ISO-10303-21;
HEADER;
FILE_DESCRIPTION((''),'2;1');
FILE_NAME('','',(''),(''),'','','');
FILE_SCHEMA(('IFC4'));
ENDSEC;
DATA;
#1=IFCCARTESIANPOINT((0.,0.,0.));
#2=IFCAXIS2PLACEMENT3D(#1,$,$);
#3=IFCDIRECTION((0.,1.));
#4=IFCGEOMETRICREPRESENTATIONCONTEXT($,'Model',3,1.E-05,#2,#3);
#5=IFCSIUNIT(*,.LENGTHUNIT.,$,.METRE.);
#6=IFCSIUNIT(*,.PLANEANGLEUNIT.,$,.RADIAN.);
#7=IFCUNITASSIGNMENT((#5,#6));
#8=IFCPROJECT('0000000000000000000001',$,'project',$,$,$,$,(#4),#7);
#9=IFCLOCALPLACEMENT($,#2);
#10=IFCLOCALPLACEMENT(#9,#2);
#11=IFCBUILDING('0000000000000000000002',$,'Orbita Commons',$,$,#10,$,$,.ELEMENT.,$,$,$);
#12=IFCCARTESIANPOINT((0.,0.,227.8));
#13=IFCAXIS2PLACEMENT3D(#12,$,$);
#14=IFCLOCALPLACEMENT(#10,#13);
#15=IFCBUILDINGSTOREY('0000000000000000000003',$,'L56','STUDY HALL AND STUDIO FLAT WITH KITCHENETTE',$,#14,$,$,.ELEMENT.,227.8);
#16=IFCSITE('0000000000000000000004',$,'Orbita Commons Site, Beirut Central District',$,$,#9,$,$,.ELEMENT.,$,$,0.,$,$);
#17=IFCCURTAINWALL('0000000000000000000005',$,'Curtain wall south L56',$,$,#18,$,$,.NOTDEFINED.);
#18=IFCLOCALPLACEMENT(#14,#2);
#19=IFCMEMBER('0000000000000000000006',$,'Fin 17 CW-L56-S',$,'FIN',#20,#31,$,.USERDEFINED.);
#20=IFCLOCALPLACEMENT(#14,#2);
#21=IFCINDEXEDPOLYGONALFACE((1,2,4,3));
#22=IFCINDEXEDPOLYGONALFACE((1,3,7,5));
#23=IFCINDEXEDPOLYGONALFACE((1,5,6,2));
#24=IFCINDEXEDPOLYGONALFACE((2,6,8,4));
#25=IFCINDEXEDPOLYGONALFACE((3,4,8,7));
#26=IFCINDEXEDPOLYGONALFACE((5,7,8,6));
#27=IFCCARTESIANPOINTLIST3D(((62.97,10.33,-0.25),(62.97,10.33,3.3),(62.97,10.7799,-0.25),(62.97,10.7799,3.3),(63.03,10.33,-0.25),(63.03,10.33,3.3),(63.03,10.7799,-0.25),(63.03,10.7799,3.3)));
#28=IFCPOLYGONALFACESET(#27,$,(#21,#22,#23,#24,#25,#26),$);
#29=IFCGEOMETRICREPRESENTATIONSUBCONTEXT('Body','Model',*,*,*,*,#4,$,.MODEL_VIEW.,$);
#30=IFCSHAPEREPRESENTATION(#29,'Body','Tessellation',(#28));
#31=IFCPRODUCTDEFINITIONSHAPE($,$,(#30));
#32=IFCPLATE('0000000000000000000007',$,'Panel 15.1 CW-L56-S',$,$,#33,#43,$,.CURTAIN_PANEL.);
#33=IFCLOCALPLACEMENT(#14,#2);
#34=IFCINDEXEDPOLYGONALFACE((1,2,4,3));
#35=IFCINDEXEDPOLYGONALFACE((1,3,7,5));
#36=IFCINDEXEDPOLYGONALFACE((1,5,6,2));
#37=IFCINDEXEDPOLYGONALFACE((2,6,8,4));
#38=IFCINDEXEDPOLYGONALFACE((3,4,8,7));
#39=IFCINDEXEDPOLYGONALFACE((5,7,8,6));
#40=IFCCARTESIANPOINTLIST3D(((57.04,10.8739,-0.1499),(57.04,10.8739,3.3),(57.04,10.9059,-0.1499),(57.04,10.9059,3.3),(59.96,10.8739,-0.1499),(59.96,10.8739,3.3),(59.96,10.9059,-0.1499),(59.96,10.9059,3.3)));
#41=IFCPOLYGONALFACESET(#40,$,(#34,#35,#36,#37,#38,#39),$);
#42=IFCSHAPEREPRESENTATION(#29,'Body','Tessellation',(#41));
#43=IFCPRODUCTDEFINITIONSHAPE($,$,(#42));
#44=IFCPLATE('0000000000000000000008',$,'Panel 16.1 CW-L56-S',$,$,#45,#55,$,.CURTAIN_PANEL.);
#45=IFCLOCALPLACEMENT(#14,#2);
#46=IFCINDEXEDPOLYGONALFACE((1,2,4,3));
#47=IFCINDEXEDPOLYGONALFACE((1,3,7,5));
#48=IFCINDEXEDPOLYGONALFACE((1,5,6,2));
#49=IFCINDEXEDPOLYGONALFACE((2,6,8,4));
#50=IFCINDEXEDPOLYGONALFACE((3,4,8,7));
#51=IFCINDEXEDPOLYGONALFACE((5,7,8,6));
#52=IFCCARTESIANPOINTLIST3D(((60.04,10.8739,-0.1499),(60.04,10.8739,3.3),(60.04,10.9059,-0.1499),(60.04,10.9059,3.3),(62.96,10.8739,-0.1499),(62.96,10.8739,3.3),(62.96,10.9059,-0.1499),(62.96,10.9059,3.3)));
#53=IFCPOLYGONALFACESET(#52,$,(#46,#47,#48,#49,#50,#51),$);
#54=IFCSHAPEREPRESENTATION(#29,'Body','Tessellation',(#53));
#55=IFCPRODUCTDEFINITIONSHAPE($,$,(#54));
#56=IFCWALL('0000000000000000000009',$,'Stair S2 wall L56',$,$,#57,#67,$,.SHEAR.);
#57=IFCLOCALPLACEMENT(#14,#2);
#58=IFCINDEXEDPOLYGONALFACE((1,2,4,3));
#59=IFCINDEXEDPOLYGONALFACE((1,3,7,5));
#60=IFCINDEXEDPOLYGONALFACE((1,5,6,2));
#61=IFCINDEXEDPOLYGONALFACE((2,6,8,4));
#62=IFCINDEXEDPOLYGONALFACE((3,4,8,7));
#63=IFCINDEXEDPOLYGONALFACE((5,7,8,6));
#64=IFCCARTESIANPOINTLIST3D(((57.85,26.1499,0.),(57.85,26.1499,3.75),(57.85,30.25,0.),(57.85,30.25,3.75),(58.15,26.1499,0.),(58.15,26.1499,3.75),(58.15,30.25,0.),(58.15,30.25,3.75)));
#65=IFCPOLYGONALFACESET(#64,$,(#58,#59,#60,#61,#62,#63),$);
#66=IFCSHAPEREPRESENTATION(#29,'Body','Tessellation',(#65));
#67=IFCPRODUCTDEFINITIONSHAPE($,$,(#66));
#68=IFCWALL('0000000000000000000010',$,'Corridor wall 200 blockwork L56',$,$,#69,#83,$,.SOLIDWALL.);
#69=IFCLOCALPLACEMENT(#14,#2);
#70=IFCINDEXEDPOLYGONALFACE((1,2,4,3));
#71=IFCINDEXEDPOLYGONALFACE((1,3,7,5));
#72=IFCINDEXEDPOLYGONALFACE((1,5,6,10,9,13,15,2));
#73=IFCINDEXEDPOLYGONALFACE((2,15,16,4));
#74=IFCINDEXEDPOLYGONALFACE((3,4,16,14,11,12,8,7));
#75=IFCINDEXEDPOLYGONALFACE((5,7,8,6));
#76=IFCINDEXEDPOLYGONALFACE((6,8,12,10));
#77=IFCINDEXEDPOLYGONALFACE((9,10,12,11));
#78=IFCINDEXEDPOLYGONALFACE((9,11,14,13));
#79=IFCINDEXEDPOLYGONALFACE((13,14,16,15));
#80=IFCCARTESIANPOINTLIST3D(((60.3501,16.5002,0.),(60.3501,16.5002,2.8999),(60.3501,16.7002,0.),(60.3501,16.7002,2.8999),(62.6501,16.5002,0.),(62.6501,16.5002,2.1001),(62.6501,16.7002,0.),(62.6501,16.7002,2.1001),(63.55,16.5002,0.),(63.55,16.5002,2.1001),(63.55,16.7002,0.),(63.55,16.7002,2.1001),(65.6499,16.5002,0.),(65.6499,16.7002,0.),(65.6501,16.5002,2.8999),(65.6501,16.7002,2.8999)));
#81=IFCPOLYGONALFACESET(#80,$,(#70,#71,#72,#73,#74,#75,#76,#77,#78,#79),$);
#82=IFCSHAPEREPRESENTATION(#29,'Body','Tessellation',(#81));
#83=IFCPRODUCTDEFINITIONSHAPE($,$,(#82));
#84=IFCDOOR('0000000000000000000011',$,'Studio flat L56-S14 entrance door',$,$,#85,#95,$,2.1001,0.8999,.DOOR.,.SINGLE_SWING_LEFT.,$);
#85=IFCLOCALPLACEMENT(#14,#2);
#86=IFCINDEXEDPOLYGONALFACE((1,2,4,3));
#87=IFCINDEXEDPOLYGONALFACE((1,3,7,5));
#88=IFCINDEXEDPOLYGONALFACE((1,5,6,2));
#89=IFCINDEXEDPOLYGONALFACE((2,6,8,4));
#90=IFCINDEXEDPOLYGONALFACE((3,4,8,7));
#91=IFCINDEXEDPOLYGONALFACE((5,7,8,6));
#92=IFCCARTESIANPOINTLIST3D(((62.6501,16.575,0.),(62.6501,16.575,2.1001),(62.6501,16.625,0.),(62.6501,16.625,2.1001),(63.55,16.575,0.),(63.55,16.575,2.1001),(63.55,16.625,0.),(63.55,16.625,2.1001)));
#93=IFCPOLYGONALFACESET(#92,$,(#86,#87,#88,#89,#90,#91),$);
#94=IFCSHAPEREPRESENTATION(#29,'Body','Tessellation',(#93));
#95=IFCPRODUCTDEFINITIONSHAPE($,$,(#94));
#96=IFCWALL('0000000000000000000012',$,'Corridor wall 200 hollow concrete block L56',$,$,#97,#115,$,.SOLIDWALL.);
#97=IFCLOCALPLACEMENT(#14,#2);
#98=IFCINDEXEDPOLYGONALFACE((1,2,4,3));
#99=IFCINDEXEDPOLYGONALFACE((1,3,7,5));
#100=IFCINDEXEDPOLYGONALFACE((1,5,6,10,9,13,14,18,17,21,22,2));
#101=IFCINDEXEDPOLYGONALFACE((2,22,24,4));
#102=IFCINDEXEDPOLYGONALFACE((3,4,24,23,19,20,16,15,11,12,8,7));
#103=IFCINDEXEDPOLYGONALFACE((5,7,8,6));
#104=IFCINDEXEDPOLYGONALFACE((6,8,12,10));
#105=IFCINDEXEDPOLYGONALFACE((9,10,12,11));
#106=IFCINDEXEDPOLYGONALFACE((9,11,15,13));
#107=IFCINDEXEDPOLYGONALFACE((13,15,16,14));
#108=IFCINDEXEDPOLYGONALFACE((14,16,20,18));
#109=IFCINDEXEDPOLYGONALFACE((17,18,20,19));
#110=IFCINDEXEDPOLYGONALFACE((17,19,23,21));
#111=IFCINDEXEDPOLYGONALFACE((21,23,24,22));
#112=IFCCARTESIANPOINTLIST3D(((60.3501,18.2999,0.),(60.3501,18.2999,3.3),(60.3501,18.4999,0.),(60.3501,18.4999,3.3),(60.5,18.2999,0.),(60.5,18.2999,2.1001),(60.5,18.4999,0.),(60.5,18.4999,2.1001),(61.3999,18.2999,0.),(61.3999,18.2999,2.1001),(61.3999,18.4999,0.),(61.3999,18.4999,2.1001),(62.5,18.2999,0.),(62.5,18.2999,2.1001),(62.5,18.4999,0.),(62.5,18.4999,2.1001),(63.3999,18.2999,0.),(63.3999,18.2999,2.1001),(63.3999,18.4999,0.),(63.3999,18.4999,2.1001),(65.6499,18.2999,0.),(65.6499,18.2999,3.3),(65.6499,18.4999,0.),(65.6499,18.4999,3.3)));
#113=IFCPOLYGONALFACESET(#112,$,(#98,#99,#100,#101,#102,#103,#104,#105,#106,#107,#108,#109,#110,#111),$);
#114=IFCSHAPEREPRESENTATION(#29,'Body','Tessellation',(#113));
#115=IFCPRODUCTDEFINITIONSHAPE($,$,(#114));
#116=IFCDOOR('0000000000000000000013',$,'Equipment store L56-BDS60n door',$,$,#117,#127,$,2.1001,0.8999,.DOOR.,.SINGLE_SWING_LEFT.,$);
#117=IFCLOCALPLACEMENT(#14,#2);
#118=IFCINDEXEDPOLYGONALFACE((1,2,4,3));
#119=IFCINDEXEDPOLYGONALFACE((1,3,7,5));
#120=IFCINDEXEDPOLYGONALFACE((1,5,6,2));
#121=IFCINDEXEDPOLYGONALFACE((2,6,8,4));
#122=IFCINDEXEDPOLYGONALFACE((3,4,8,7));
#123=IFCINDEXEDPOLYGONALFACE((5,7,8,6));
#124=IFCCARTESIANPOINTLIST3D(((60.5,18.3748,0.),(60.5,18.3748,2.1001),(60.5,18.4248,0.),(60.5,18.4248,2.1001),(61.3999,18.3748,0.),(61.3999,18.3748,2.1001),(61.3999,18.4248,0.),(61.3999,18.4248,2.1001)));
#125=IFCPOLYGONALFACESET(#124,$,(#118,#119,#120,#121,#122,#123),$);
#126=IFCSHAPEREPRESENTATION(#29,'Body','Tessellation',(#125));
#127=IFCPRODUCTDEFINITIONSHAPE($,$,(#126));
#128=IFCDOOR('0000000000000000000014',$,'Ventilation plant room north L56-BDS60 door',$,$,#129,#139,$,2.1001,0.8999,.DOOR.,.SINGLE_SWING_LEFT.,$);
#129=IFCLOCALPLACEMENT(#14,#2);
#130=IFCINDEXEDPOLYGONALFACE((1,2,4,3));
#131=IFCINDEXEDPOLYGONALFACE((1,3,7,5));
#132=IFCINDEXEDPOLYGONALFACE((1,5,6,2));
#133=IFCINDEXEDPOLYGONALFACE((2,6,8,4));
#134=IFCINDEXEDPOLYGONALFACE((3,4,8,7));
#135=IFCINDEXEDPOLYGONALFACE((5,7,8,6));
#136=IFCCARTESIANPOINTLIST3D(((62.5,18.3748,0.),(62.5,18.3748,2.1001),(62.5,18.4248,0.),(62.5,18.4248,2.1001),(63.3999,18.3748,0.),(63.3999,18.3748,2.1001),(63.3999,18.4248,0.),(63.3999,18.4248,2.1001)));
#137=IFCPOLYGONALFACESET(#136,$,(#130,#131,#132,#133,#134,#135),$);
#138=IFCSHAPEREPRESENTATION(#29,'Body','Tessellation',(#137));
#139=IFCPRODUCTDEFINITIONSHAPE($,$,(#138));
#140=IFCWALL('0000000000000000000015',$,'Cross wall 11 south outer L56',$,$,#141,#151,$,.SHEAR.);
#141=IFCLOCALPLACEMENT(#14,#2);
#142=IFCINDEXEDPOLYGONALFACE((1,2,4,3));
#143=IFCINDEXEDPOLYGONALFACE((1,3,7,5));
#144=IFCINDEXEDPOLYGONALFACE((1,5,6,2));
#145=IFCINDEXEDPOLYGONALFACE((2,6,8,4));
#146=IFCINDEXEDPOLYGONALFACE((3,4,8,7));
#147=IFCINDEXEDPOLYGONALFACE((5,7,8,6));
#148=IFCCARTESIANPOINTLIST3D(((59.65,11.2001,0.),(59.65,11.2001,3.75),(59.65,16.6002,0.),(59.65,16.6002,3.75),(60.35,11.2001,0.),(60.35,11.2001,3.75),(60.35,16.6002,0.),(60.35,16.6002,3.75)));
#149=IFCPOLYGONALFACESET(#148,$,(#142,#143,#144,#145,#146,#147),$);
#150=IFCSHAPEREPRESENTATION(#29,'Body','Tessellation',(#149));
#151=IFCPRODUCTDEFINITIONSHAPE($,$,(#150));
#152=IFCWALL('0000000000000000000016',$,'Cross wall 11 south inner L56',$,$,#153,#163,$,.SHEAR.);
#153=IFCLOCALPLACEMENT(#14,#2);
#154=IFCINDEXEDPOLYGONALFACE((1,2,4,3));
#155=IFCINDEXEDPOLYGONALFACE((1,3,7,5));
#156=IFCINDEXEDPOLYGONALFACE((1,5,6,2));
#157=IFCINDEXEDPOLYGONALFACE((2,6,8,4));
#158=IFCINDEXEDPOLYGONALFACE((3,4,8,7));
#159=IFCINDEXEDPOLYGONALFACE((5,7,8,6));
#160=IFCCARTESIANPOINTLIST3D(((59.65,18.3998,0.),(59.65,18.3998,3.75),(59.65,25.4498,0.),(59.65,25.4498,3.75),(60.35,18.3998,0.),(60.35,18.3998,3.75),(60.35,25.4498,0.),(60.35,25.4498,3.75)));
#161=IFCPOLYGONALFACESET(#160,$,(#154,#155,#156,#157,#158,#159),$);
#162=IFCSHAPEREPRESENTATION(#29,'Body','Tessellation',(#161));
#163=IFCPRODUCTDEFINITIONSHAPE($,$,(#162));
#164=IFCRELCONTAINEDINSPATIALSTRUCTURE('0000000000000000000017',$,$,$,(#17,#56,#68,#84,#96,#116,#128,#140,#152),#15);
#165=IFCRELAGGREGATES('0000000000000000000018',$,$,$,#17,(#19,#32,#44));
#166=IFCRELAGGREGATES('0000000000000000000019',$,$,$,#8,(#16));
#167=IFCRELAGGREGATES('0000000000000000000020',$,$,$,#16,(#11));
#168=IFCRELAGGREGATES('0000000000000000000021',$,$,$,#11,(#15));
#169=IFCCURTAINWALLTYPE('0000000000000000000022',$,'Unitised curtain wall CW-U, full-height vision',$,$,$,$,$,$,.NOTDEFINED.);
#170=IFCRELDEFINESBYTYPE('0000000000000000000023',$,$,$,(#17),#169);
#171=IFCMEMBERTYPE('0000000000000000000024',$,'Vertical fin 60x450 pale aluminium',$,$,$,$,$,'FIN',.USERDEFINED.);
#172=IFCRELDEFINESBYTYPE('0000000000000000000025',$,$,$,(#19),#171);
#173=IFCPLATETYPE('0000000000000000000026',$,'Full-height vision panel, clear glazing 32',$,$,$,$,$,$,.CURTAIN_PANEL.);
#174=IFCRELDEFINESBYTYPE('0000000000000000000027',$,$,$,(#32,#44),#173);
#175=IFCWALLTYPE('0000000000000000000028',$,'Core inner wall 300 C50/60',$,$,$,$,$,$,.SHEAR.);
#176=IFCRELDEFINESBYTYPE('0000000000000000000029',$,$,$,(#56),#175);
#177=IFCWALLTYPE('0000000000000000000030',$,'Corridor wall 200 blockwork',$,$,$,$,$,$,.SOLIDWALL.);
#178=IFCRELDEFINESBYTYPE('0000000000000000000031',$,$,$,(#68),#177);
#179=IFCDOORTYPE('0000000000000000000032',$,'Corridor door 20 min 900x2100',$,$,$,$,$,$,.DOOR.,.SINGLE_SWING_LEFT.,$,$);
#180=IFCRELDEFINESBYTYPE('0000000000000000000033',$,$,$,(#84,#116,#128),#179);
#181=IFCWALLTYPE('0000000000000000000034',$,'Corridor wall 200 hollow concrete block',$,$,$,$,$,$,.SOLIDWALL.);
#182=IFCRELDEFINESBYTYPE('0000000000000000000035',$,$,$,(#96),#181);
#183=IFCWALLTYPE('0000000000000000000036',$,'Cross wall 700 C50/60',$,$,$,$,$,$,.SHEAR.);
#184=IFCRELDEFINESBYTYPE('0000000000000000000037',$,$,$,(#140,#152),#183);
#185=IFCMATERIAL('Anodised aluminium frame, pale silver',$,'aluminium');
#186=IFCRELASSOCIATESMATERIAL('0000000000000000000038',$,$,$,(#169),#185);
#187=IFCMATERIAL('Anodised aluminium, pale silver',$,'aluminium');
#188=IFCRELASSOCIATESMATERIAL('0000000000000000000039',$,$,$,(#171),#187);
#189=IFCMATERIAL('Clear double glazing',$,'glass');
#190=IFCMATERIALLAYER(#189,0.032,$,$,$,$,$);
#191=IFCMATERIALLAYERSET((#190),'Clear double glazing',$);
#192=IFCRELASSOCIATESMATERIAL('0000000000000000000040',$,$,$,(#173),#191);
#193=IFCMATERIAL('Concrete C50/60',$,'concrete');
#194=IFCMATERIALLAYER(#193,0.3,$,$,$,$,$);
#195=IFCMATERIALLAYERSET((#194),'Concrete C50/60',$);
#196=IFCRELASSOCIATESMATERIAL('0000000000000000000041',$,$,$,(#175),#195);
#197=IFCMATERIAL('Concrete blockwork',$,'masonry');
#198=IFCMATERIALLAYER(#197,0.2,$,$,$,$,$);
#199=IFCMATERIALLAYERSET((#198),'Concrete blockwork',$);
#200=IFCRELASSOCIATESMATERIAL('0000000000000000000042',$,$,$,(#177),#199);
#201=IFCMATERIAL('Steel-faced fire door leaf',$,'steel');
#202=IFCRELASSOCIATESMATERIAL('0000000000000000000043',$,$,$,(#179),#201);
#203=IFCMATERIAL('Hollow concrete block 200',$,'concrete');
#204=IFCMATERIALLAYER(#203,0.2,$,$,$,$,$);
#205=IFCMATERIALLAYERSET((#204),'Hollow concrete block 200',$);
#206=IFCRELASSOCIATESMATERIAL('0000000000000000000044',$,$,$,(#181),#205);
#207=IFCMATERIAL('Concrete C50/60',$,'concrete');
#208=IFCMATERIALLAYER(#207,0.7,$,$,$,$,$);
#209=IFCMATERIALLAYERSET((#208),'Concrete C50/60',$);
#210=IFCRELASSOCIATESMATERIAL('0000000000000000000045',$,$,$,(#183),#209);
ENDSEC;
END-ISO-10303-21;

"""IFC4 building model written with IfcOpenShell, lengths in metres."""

from ifc_helpers import new_model, si_unit, direction, frame, frame_2d, origin, origin_2d, place, context, subcontext, project, spatial, polyline, rectangle, outline, extrude, material, layer, layer_set, material_profile, profile_set, type_object, element, fill, aggregate, save


model = new_model("IFC4")

# Units and contexts
model_context = context("Model", 3, precision=1e-05, world=origin(), true_north=direction((0.0, 1.0)))
body_context = subcontext(model_context, "Body", "Model", "MODEL_VIEW")
ifc_project = project(units=[si_unit("LENGTHUNIT", "METRE"), si_unit("PLANEANGLEUNIT", "RADIAN")], contexts=[model_context])

# Site, building, storey
site_placement = place(None, origin())
site = spatial("IfcSite", under=ifc_project, at=site_placement, Name="Orbita Commons Site, Beirut Central District", CompositionType="ELEMENT", RefElevation=0.0)
building_placement = place(site_placement, origin())
building = spatial("IfcBuilding", under=site, at=building_placement, Name="Orbita Commons", CompositionType="ELEMENT")
storey_placement = place(building_placement, frame((0.0, 0.0, 227.8)))
storey = spatial("IfcBuildingStorey", under=building, at=storey_placement, Name="L56", Description="STUDY HALL AND STUDIO FLAT WITH KITCHENETTE", CompositionType="ELEMENT", Elevation=227.8)

# Curtain wall
ifc_material_1 = material(Name="Anodised aluminium frame, pale silver", Category="aluminium")
curtain_wall_type = type_object("IfcCurtainWallType", Name="Unitised curtain wall CW-U, full-height vision", PredefinedType="NOTDEFINED", material=ifc_material_1)
curtain_wall_placement = place(storey_placement, origin())
curtain_wall = element("IfcCurtainWall", 1, at=curtain_wall_placement, inside=storey, type_object=curtain_wall_type, Name="Curtain wall south L56", PredefinedType="NOTDEFINED")

# Member
ifc_material_2 = material(Name="Anodised aluminium, pale silver", Category="aluminium")
ifc_material_profile_1 = material_profile(ifc_material_2, rectangle(XDim=0.0601, YDim=0.45, at=origin_2d()), Name="FIN 60x450")
ifc_profile_set_1 = profile_set([ifc_material_profile_1], Name="Anodised aluminium, pale silver")
member_type_1 = type_object("IfcMemberType", Name="Vertical fin 60x450 pale aluminium", ElementType="FIN", PredefinedType="USERDEFINED", material=ifc_profile_set_1)
member_1_placement = place(storey_placement, frame((63.0, 10.5549, -0.25), z_axis=(0.0, 0.0, 1.0), x_axis=(1.0, 0.0, 0.0)))
member_1 = element("IfcMember", 2, at=member_1_placement, type_object=member_type_1, Name="Fin 17 CW-L56-S", ObjectType="FIN", PredefinedType="USERDEFINED", context=body_context, shape_type="SweptSolid", body=[
    extrude(rectangle(XDim=0.0601, YDim=0.45, at=origin_2d()), origin(), (0.0, 0.0, 1.0), 3.55),
])

# Plates
ifc_material_3 = material(Name="Clear double glazing", Category="glass")
ifc_layer_1 = layer(ifc_material_3, 0.032)
ifc_layer_set_1 = layer_set([ifc_layer_1], Name="Clear double glazing")
plate_type = type_object("IfcPlateType", Name="Full-height vision panel, clear glazing 32", PredefinedType="CURTAIN_PANEL", material=ifc_layer_set_1)
plate_1_placement = place(storey_placement, frame((58.5, 10.8899, -0.1499), z_axis=(0.0, 0.0, 1.0), x_axis=(1.0, 0.0, 0.0)))
plate_1 = element("IfcPlate", 3, at=plate_1_placement, type_object=plate_type, Name="Panel 15.1 CW-L56-S", PredefinedType="CURTAIN_PANEL", context=body_context, shape_type="SweptSolid", body=[
    extrude(rectangle(XDim=2.9199, YDim=0.032, at=origin_2d()), origin(), (0.0, 0.0, 1.0), 3.45),
])
plate_2_placement = place(storey_placement, frame((61.5, 10.8899, -0.1499), z_axis=(0.0, 0.0, 1.0), x_axis=(1.0, 0.0, 0.0)))
plate_2 = element("IfcPlate", 4, at=plate_2_placement, type_object=plate_type, Name="Panel 16.1 CW-L56-S", PredefinedType="CURTAIN_PANEL", context=body_context, shape_type="SweptSolid", body=[
    extrude(rectangle(XDim=2.9199, YDim=0.032, at=origin_2d()), origin(), (0.0, 0.0, 1.0), 3.45),
])
aggregate(curtain_wall, [member_1, plate_1, plate_2])

# Wall
ifc_material_4 = material(Name="Concrete C50/60", Category="concrete")
ifc_layer_2 = layer(ifc_material_4, 0.3)
ifc_layer_set_2 = layer_set([ifc_layer_2], Name="Concrete C50/60")
wall_type_1 = type_object("IfcWallType", Name="Core inner wall 300 C50/60", PredefinedType="SHEAR", material=ifc_layer_set_2)
wall_1_placement = place(storey_placement, frame((58.0, 26.1499, 0.0), z_axis=(0.0, 0.0, 1.0), x_axis=(0.0, 1.0, 0.0)))
element("IfcWall", 5, at=wall_1_placement, inside=storey, type_object=wall_type_1, Name="Stair S2 wall L56", PredefinedType="SHEAR", context=body_context, shape_type="SweptSolid", body=[
    extrude(rectangle(XDim=4.1001, YDim=0.3, at=frame_2d((2.05, 0.0))), origin(), (0.0, 0.0, 1.0), 3.75),
])

# Wall, opening, door
ifc_material_5 = material(Name="Concrete blockwork", Category="masonry")
ifc_layer_3 = layer(ifc_material_5, 0.2)
ifc_layer_set_3 = layer_set([ifc_layer_3], Name="Concrete blockwork")
wall_type_2 = type_object("IfcWallType", Name="Corridor wall 200 blockwork", PredefinedType="SOLIDWALL", material=ifc_layer_set_3)
wall_2_placement = place(storey_placement, frame((60.3501, 16.6001, 0.0), z_axis=(0.0, 0.0, 1.0), x_axis=(1.0, 0.0, 0.0)))
wall_2 = element("IfcWall", 6, at=wall_2_placement, inside=storey, type_object=wall_type_2, Name="Corridor wall 200 blockwork L56", PredefinedType="SOLIDWALL", context=body_context, shape_type="SweptSolid", body=[
    extrude(outline(polyline([(0.0, 0.0), (5.2998, 0.0), (5.3, 2.8999), (0.0, 2.8999), (0.0, 0.0)])), frame((0.0, 0.1001, 0.0), z_axis=(0.0, -1.0, 0.0), x_axis=(1.0, 0.0, 0.0)), (0.0, 0.0, 1.0), 0.2),
])
opening_1_placement = place(wall_2_placement, frame((2.3, 0.0, 0.0)))
opening_1 = element("IfcOpeningElement", 7, at=opening_1_placement, cuts=wall_2, PredefinedType="OPENING", context=body_context, shape_type="SweptSolid", body=[
    extrude(rectangle(XDim=0.8999, YDim=2.1001, at=frame_2d((0.45, 1.05))), frame((0.0, 0.1099, 0.0), z_axis=(0.0, -1.0, 0.0), x_axis=(1.0, 0.0, 0.0)), (0.0, 0.0, 1.0), 0.22),
])
ifc_material_6 = material(Name="Steel-faced fire door leaf", Category="steel")
door_type_1 = type_object("IfcDoorType", Name="Corridor door 20 min 900x2100", OperationType="SINGLE_SWING_LEFT", PredefinedType="DOOR", material=ifc_material_6)
door_1_placement = place(opening_1_placement, origin())
door_1 = element("IfcDoor", 8, at=door_1_placement, inside=storey, type_object=door_type_1, Name="Studio flat L56-S14 entrance door", OperationType="SINGLE_SWING_LEFT", OverallHeight=2.1001, OverallWidth=0.8999, PredefinedType="DOOR", context=body_context, shape_type="SweptSolid", body=[
    extrude(rectangle(XDim=0.8999, YDim=2.1001, at=frame_2d((0.45, 1.05))), frame((0.0, 0.0249, 0.0), z_axis=(0.0, -1.0, 0.0), x_axis=(1.0, 0.0, 0.0)), (0.0, 0.0, 1.0), 0.05),
])
fill(opening_1, door_1)

# Wall, openings, doors
ifc_material_7 = material(Name="Hollow concrete block 200", Category="concrete")
ifc_layer_4 = layer(ifc_material_7, 0.2)
ifc_layer_set_4 = layer_set([ifc_layer_4], Name="Hollow concrete block 200")
wall_type_3 = type_object("IfcWallType", Name="Corridor wall 200 hollow concrete block", PredefinedType="SOLIDWALL", material=ifc_layer_set_4)
wall_3_placement = place(storey_placement, frame((60.3501, 18.3999, 0.0), z_axis=(0.0, 0.0, 1.0), x_axis=(1.0, 0.0, 0.0)))
wall_3 = element("IfcWall", 9, at=wall_3_placement, inside=storey, type_object=wall_type_3, Name="Corridor wall 200 hollow concrete block L56", PredefinedType="SOLIDWALL", context=body_context, shape_type="SweptSolid", body=[
    extrude(rectangle(XDim=5.2998, YDim=0.2, at=frame_2d((2.6499, 0.0))), origin(), (0.0, 0.0, 1.0), 3.3),
])
opening_2_placement = place(wall_3_placement, frame((0.1499, 0.0, 0.0)))
opening_2 = element("IfcOpeningElement", 10, at=opening_2_placement, cuts=wall_3, PredefinedType="OPENING", context=body_context, shape_type="SweptSolid", body=[
    extrude(rectangle(XDim=0.8999, YDim=2.1001, at=frame_2d((0.45, 1.05))), frame((0.0, 0.1099, 0.0), z_axis=(0.0, -1.0, 0.0), x_axis=(1.0, 0.0, 0.0)), (0.0, 0.0, 1.0), 0.22),
])
opening_3_placement = place(wall_3_placement, frame((2.1499, 0.0, 0.0)))
opening_3 = element("IfcOpeningElement", 11, at=opening_3_placement, cuts=wall_3, PredefinedType="OPENING", context=body_context, shape_type="SweptSolid", body=[
    extrude(rectangle(XDim=0.8999, YDim=2.1001, at=frame_2d((0.45, 1.05))), frame((0.0, 0.1099, 0.0), z_axis=(0.0, -1.0, 0.0), x_axis=(1.0, 0.0, 0.0)), (0.0, 0.0, 1.0), 0.22),
])
door_2_placement = place(opening_2_placement, origin())
door_2 = element("IfcDoor", 12, at=door_2_placement, inside=storey, type_object=door_type_1, Name="Equipment store L56-BDS60n door", OperationType="SINGLE_SWING_LEFT", OverallHeight=2.1001, OverallWidth=0.8999, PredefinedType="DOOR", context=body_context, shape_type="SweptSolid", body=[
    extrude(rectangle(XDim=0.8999, YDim=2.1001, at=frame_2d((0.45, 1.05))), frame((0.0, 0.0249, 0.0), z_axis=(0.0, -1.0, 0.0), x_axis=(1.0, 0.0, 0.0)), (0.0, 0.0, 1.0), 0.05),
])
fill(opening_2, door_2)
door_3_placement = place(opening_3_placement, origin())
door_3 = element("IfcDoor", 13, at=door_3_placement, inside=storey, type_object=door_type_1, Name="Ventilation plant room north L56-BDS60 door", OperationType="SINGLE_SWING_LEFT", OverallHeight=2.1001, OverallWidth=0.8999, PredefinedType="DOOR", context=body_context, shape_type="SweptSolid", body=[
    extrude(rectangle(XDim=0.8999, YDim=2.1001, at=frame_2d((0.45, 1.05))), frame((0.0, 0.0249, 0.0), z_axis=(0.0, -1.0, 0.0), x_axis=(1.0, 0.0, 0.0)), (0.0, 0.0, 1.0), 0.05),
])
fill(opening_3, door_3)

# Walls
ifc_material_8 = material(Name="Concrete C50/60", Category="concrete")
ifc_layer_5 = layer(ifc_material_8, 0.7)
ifc_layer_set_5 = layer_set([ifc_layer_5], Name="Concrete C50/60")
wall_type_4 = type_object("IfcWallType", Name="Cross wall 700 C50/60", PredefinedType="SHEAR", material=ifc_layer_set_5)
wall_4_placement = place(storey_placement, frame((60.0, 11.2, 0.0), z_axis=(0.0, 0.0, 1.0), x_axis=(0.0, 1.0, 0.0)))
element("IfcWall", 14, at=wall_4_placement, inside=storey, type_object=wall_type_4, Name="Cross wall 11 south outer L56", PredefinedType="SHEAR", context=body_context, shape_type="SweptSolid", body=[
    extrude(rectangle(XDim=5.4001, YDim=0.7, at=frame_2d((2.7002, 0.0))), origin(), (0.0, 0.0, 1.0), 3.75),
])
wall_5_placement = place(storey_placement, frame((60.0, 18.3999, 0.0), z_axis=(0.0, 0.0, 1.0), x_axis=(0.0, 1.0, 0.0)))
element("IfcWall", 15, at=wall_5_placement, inside=storey, type_object=wall_type_4, Name="Cross wall 11 south inner L56", PredefinedType="SHEAR", context=body_context, shape_type="SweptSolid", body=[
    extrude(rectangle(XDim=7.05, YDim=0.7, at=frame_2d((3.5249, 0.0))), origin(), (0.0, 0.0, 1.0), 3.75),
])

save(model, "model.ifc")
